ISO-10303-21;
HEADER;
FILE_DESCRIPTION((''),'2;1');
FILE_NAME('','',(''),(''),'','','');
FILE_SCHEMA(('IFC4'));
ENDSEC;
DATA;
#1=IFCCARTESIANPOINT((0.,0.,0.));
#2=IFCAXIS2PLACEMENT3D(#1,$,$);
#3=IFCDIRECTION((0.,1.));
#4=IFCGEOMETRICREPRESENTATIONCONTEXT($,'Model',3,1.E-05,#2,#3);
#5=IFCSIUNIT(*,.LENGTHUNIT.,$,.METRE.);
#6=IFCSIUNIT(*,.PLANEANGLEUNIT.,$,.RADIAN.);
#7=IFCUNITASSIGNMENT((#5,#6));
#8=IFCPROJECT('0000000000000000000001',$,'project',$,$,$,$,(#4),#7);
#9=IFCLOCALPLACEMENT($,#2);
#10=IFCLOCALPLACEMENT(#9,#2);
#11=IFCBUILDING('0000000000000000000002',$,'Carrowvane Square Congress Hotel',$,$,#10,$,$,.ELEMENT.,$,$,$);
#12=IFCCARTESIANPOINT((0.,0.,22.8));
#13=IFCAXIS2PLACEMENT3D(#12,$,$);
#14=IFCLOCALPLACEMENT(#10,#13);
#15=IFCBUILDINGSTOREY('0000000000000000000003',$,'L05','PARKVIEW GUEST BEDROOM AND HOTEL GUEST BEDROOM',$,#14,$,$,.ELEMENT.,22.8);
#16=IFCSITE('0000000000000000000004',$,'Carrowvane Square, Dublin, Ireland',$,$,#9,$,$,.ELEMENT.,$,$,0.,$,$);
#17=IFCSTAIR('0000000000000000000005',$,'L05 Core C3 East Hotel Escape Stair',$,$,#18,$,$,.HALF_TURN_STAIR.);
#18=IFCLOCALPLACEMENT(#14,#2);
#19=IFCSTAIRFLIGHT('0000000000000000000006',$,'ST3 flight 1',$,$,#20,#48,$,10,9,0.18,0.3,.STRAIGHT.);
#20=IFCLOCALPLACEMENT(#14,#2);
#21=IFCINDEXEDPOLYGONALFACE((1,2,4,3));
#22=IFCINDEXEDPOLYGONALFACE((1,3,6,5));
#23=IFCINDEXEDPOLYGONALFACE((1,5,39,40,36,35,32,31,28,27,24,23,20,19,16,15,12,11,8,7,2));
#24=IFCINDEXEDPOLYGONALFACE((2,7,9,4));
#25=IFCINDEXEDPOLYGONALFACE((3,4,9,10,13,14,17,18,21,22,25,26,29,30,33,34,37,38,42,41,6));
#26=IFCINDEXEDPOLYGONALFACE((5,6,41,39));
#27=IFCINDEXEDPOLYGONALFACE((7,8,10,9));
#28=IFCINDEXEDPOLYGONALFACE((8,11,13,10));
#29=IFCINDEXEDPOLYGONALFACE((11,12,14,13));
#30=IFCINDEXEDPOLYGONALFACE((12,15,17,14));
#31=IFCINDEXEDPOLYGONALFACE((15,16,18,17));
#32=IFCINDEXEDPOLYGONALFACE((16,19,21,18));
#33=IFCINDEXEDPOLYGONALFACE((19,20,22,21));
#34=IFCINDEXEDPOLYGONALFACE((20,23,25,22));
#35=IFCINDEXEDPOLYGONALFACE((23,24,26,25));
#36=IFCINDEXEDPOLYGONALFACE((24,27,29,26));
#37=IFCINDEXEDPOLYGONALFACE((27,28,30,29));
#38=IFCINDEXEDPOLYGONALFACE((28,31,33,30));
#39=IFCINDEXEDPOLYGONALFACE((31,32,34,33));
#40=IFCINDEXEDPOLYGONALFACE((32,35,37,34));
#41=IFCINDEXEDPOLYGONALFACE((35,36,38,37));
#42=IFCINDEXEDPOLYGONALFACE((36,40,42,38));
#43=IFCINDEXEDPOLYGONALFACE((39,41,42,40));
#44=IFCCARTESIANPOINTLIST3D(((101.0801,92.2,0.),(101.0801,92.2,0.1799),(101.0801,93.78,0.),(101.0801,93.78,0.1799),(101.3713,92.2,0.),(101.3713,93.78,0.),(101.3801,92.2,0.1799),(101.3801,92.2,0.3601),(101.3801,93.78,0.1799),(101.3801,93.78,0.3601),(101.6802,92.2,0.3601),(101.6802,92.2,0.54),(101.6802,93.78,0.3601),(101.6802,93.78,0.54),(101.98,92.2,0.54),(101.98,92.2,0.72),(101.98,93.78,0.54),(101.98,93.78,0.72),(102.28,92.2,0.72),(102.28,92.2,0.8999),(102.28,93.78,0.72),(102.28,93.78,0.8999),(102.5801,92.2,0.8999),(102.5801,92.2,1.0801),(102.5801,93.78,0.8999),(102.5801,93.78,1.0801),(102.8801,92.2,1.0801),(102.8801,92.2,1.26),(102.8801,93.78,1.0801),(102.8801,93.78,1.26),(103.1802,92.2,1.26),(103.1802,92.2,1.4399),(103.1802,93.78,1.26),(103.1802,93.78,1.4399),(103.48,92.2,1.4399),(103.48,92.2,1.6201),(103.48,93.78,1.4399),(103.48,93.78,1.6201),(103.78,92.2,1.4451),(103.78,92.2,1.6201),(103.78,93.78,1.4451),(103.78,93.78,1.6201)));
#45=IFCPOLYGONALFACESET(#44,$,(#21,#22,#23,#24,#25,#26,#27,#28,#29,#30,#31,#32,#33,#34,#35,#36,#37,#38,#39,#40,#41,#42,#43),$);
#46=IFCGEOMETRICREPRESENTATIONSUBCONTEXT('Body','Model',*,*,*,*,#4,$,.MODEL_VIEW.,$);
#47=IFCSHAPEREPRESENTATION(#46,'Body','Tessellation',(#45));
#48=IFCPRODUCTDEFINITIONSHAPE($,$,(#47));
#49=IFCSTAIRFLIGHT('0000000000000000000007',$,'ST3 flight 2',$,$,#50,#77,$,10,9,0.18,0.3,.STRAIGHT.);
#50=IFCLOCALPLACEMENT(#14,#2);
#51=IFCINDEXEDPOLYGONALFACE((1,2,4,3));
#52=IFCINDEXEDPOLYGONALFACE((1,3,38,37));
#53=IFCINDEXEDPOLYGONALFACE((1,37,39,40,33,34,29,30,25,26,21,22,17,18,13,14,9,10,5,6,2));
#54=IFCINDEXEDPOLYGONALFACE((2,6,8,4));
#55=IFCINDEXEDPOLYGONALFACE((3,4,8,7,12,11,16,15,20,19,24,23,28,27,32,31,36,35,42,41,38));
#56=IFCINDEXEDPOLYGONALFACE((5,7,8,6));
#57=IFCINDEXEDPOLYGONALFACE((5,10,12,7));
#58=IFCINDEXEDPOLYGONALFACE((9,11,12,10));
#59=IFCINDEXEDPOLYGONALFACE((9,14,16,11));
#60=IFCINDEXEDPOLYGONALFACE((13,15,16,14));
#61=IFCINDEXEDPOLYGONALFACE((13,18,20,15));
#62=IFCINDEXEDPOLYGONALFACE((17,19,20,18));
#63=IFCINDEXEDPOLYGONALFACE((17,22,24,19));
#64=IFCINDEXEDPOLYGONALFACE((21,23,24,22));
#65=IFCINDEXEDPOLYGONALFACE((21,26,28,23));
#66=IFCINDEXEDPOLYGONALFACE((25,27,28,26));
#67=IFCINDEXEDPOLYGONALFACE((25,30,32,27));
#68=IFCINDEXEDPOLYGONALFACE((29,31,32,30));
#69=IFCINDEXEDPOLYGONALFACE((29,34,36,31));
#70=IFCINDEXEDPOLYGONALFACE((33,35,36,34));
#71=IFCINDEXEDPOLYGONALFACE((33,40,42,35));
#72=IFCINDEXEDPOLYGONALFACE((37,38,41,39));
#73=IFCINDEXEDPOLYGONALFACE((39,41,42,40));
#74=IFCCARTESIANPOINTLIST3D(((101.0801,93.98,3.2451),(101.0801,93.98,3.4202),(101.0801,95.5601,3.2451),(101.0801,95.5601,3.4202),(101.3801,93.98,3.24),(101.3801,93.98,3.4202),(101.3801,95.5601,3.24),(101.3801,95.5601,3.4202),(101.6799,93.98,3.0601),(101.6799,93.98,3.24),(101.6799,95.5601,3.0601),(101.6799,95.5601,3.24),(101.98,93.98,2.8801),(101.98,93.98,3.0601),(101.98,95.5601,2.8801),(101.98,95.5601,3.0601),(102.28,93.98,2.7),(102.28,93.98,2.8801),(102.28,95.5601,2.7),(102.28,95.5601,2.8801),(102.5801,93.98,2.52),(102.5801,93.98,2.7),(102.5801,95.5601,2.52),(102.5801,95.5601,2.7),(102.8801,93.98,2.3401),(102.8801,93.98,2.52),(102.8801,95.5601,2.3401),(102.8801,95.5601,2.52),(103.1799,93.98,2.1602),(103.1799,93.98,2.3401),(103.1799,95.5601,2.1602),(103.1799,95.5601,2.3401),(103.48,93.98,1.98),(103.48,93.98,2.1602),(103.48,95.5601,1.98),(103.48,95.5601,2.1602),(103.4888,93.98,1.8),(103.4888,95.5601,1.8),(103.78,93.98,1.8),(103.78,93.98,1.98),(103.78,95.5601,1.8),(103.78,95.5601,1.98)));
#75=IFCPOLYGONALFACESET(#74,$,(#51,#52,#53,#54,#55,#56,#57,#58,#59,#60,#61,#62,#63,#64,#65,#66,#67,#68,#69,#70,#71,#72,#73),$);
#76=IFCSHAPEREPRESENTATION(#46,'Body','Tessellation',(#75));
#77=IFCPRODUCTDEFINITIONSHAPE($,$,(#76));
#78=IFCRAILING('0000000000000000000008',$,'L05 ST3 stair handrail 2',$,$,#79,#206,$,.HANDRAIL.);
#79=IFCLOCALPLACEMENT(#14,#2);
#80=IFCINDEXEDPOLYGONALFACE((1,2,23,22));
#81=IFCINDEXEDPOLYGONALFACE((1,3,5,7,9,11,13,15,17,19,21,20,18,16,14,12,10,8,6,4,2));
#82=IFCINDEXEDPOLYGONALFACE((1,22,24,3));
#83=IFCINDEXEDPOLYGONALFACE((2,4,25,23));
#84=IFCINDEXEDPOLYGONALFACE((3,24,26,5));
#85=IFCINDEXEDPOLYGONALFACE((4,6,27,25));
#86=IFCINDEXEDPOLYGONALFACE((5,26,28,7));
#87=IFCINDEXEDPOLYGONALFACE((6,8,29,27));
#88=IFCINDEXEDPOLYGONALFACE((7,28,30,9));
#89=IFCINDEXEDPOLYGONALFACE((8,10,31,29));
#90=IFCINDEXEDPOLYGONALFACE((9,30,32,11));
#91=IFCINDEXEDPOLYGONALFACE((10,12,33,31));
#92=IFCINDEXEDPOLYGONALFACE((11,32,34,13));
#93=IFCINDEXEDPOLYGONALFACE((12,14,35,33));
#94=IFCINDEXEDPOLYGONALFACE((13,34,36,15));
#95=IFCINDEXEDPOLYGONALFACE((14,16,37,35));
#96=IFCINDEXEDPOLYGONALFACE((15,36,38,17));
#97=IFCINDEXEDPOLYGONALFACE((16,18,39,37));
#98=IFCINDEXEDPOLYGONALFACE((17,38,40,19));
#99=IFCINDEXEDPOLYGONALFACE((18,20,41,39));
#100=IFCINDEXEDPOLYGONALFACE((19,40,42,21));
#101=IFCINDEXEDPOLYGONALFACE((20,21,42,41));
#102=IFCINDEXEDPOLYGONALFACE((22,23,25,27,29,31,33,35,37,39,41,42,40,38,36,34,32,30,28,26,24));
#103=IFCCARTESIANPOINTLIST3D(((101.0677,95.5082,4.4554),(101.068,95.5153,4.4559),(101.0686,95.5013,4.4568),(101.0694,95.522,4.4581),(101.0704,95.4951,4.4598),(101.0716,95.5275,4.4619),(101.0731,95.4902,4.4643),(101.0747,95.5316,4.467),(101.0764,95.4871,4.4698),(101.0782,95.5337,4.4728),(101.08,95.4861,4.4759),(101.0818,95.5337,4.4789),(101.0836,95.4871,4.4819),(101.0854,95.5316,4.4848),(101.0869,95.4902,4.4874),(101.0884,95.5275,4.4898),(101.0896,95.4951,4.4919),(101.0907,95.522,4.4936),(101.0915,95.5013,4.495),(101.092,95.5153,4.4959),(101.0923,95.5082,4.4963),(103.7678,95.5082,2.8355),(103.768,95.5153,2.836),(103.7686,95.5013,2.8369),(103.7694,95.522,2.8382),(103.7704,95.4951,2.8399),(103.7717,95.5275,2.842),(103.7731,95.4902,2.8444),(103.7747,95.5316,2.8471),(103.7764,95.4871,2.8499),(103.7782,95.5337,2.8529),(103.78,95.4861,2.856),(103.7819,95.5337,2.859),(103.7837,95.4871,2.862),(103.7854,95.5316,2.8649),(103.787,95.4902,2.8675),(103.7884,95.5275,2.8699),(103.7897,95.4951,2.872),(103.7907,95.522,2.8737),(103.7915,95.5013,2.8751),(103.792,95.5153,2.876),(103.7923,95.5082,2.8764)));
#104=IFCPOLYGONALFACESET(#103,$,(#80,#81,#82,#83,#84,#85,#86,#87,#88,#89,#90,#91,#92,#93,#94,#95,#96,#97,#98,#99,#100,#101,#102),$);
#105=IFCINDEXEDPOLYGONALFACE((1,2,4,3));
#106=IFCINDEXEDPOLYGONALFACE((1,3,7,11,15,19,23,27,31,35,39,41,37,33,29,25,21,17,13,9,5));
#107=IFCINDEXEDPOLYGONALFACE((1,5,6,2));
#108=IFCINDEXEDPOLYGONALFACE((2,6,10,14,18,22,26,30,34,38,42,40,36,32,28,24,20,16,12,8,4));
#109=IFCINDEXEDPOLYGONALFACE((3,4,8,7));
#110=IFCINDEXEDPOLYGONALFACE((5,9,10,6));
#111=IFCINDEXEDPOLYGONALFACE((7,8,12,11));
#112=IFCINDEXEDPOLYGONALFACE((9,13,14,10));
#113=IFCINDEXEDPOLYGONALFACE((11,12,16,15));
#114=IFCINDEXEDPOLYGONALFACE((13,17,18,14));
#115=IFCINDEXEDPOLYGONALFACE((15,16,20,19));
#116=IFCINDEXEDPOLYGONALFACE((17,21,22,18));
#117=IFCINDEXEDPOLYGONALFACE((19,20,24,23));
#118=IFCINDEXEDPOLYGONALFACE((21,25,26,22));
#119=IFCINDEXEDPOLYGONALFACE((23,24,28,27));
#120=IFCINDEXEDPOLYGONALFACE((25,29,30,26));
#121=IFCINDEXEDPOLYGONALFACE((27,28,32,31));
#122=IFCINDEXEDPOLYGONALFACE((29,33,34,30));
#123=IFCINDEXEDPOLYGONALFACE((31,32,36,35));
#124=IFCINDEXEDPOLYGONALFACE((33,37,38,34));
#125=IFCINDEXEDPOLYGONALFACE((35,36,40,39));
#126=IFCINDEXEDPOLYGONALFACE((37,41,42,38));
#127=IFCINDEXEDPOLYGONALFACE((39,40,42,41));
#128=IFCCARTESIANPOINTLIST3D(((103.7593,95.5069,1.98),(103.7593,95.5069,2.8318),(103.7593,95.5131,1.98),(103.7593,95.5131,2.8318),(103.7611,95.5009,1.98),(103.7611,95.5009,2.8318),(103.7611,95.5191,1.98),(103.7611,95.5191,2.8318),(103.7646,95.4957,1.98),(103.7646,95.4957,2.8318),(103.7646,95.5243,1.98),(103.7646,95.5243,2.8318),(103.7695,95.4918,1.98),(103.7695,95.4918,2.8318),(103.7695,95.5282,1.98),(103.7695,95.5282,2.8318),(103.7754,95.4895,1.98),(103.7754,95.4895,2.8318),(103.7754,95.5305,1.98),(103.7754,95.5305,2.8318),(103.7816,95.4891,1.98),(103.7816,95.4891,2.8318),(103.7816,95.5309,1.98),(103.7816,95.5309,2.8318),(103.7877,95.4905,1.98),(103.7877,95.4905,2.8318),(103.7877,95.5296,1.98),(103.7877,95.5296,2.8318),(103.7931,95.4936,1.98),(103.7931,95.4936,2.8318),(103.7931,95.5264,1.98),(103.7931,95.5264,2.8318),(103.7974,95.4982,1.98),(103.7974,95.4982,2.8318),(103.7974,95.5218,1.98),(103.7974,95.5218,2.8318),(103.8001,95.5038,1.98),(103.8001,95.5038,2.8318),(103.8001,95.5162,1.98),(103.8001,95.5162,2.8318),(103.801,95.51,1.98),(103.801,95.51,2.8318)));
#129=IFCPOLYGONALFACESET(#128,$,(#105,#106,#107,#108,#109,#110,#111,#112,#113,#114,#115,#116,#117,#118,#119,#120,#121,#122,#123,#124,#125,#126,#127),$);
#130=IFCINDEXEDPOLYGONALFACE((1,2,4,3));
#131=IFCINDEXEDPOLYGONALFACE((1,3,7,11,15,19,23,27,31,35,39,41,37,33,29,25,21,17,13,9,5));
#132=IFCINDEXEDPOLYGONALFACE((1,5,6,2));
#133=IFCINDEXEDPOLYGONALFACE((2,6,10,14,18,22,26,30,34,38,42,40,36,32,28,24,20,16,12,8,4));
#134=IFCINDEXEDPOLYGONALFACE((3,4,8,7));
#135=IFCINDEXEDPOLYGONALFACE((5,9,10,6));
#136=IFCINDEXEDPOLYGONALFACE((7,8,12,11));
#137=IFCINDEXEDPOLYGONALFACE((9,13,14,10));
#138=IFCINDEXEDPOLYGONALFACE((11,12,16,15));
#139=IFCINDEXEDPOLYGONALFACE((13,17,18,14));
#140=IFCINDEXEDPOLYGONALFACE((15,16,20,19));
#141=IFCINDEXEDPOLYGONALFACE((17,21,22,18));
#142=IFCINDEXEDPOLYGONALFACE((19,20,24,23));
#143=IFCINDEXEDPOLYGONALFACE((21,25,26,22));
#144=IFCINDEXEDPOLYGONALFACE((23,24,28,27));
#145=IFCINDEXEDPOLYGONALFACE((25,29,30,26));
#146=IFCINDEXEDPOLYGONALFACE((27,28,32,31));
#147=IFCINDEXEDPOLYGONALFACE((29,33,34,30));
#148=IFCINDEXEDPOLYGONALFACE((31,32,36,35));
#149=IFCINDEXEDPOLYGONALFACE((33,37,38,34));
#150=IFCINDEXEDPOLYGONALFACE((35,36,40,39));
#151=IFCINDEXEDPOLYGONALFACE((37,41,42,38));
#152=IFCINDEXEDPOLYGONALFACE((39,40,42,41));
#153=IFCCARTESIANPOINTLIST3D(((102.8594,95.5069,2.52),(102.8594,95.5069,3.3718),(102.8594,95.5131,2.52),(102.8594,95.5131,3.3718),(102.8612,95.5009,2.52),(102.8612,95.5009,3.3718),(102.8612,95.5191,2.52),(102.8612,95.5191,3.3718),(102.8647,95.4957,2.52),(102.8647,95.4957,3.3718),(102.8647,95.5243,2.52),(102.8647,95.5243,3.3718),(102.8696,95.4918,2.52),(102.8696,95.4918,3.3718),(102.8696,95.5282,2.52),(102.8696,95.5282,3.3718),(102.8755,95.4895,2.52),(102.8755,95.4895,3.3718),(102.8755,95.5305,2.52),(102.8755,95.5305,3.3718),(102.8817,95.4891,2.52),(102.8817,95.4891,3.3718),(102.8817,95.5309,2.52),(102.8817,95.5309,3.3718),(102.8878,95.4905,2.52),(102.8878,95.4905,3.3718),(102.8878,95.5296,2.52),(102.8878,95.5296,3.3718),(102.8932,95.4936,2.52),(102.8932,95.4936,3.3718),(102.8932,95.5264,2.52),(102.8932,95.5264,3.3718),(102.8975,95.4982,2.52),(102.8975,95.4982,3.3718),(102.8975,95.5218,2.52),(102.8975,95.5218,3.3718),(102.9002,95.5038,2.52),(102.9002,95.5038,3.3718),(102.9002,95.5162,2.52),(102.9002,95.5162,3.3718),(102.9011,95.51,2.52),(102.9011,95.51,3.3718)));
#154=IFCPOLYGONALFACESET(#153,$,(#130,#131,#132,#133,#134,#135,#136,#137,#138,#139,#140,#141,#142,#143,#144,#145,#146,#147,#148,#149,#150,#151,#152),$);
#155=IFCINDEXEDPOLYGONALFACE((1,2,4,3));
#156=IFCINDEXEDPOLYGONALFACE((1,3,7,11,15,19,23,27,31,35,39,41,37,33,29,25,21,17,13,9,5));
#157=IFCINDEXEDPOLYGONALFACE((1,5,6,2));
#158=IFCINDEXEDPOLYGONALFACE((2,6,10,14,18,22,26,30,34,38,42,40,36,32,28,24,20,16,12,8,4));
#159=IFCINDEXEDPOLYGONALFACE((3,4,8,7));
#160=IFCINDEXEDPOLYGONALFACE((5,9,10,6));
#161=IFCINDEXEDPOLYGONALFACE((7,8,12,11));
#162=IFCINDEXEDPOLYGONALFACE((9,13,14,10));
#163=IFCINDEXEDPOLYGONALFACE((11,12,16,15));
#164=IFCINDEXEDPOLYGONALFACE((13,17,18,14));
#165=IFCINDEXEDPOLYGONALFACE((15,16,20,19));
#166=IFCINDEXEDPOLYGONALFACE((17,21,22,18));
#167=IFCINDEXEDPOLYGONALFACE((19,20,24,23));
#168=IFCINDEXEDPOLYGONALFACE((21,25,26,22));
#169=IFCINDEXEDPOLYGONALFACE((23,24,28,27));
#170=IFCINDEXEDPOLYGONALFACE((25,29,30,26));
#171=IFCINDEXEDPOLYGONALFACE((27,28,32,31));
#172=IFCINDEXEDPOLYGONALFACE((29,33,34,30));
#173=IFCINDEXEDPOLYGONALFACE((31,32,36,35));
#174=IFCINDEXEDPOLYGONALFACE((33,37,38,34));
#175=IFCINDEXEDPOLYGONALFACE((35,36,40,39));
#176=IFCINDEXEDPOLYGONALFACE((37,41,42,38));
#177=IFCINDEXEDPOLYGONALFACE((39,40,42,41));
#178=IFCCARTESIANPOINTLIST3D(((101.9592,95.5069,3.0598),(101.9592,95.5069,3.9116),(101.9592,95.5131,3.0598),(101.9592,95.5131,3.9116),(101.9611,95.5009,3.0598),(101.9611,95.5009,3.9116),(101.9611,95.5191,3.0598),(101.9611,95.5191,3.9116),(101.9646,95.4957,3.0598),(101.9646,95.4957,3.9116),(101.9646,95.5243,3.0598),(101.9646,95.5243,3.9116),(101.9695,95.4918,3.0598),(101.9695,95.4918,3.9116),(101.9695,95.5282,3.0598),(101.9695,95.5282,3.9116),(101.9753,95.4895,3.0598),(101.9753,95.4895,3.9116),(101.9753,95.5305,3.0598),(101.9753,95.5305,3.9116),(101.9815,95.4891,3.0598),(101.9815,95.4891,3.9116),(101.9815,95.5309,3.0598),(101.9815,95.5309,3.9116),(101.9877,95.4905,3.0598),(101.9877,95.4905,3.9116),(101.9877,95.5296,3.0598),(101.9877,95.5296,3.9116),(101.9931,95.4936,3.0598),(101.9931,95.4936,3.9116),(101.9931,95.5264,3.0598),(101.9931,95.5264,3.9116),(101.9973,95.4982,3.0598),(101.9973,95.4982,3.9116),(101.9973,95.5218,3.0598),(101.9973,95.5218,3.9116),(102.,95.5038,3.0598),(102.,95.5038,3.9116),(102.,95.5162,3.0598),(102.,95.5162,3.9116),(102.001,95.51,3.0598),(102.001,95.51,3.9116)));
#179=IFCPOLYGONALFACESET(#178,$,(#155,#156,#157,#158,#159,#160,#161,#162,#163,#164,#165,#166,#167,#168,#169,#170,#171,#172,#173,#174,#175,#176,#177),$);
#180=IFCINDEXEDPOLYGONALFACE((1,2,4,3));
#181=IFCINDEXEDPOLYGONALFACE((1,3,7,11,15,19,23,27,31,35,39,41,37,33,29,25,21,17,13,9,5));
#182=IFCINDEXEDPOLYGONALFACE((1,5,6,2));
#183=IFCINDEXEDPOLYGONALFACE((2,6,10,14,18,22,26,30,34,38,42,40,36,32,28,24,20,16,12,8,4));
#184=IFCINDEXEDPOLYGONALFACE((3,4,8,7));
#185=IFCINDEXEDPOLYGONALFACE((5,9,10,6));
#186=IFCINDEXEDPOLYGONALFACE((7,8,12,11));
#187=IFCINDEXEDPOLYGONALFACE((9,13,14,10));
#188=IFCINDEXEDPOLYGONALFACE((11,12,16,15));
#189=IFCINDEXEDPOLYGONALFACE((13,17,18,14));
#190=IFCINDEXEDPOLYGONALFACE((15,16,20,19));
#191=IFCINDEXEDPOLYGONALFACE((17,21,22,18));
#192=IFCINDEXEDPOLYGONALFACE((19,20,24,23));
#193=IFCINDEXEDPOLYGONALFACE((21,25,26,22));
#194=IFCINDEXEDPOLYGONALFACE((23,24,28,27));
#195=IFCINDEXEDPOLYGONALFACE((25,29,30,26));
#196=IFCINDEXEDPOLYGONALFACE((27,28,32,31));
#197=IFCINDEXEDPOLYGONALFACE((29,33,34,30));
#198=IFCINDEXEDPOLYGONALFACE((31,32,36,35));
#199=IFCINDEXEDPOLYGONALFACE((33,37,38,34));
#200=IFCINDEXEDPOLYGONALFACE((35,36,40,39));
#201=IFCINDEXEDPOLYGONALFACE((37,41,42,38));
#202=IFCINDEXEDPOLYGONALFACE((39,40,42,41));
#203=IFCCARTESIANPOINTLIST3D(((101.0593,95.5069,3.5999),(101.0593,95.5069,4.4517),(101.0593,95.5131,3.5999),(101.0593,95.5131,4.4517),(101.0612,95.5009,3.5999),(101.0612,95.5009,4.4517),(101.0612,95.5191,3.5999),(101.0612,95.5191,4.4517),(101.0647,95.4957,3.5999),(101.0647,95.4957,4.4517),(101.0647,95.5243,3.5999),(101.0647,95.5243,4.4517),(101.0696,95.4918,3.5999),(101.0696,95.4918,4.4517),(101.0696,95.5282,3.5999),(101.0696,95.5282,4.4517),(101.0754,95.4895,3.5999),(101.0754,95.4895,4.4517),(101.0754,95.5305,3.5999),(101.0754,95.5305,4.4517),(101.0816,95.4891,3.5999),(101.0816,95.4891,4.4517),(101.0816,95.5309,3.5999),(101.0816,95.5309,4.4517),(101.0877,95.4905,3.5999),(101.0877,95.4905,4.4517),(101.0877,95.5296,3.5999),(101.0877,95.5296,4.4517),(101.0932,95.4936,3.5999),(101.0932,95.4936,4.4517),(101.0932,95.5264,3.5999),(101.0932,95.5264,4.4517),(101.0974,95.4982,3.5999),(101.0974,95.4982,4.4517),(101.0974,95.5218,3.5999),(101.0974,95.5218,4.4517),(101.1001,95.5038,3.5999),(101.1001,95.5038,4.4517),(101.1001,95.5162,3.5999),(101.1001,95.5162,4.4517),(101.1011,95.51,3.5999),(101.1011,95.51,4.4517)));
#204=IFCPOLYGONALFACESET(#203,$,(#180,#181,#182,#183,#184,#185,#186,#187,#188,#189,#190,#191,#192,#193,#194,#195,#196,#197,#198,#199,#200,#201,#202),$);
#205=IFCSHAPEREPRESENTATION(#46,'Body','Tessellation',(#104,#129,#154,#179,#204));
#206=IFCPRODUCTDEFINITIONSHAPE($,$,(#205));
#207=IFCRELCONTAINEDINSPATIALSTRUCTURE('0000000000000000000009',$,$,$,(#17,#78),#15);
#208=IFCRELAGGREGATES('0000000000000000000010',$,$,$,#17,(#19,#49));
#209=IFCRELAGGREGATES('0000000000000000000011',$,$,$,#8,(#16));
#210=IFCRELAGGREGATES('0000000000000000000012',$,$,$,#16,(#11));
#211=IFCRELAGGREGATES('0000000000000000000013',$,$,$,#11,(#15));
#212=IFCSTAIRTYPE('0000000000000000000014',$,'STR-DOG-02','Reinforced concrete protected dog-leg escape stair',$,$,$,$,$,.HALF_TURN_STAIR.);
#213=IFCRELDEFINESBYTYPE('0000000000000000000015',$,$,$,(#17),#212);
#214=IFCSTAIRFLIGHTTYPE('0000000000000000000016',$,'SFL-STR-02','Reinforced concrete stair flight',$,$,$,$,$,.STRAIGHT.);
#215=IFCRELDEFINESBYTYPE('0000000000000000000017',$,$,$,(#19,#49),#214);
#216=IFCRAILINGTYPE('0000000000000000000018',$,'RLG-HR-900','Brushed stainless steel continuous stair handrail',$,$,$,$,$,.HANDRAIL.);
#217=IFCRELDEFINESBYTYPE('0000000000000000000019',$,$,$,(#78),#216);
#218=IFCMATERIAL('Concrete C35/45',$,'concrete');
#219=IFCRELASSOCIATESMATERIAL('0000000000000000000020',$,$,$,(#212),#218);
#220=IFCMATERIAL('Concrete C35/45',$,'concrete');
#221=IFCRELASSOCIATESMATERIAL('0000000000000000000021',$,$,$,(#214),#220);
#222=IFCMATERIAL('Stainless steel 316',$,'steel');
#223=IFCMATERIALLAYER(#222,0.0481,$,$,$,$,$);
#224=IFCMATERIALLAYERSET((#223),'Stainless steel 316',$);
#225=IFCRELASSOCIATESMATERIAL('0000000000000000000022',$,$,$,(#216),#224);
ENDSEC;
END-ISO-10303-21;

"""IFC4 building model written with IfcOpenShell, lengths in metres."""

from ifc_helpers import new_model, si_unit, direction, frame, origin, origin_2d, place, context, subcontext, project, spatial, polyline, circle, outline, extrude, material, layer, layer_set, type_object, element, aggregate, save


model = new_model("IFC4")

# Units and contexts
model_context = context("Model", 3, precision=1e-05, world=origin(), true_north=direction((0.0, 1.0)))
body_context = subcontext(model_context, "Body", "Model", "MODEL_VIEW")
ifc_project = project(units=[si_unit("LENGTHUNIT", "METRE"), si_unit("PLANEANGLEUNIT", "RADIAN")], contexts=[model_context])

# Site, building, storey
site_placement = place(None, origin())
site = spatial("IfcSite", under=ifc_project, at=site_placement, Name="Carrowvane Square, Dublin, Ireland", CompositionType="ELEMENT", RefElevation=0.0)
building_placement = place(site_placement, origin())
building = spatial("IfcBuilding", under=site, at=building_placement, Name="Carrowvane Square Congress Hotel", CompositionType="ELEMENT")
storey_placement = place(building_placement, frame((0.0, 0.0, 22.8)))
storey = spatial("IfcBuildingStorey", under=building, at=storey_placement, Name="L05", Description="PARKVIEW GUEST BEDROOM AND HOTEL GUEST BEDROOM", CompositionType="ELEMENT", Elevation=22.8)

# Stair, stair flights
ifc_material_1 = material(Name="Concrete C35/45", Category="concrete")
stair_type = type_object("IfcStairType", Name="STR-DOG-02", Description="Reinforced concrete protected dog-leg escape stair", PredefinedType="HALF_TURN_STAIR", material=ifc_material_1)
stair_placement = place(storey_placement, origin())
stair = element("IfcStair", 1, at=stair_placement, inside=storey, type_object=stair_type, Name="L05 Core C3 East Hotel Escape Stair", PredefinedType="HALF_TURN_STAIR")
ifc_material_2 = material(Name="Concrete C35/45", Category="concrete")
stair_flight_type = type_object("IfcStairFlightType", Name="SFL-STR-02", Description="Reinforced concrete stair flight", PredefinedType="STRAIGHT", material=ifc_material_2)
stair_flight_1_placement = place(storey_placement, frame((101.0801, 92.99, 0.0), z_axis=(0.0, 0.0, 1.0), x_axis=(1.0, 0.0, 0.0)))
stair_flight_1 = element("IfcStairFlight", 2, at=stair_flight_1_placement, type_object=stair_flight_type, Name="ST3 flight 1", NumberOfRisers=10, NumberOfTreads=9, PredefinedType="STRAIGHT", RiserHeight=0.18, TreadLength=0.3, context=body_context, shape_type="SweptSolid", body=[
    extrude(outline(polyline([(0.0, 0.0), (0.0, 0.1799), (0.3, 0.1799), (0.3, 0.3601), (0.6001, 0.3601), (0.6001, 0.54), (0.8999, 0.54), (0.8999, 0.72), (1.2, 0.72), (1.2, 0.8999), (1.5, 0.8999), (1.5, 1.0801), (1.8, 1.0801), (1.8, 1.26), (2.1001, 1.26), (2.1001, 1.4399), (2.3999, 1.4399), (2.3999, 1.6201), (2.7, 1.6201), (2.7, 1.8), (2.7, 1.4451), (0.2913, 0.0), (0.0, 0.0)])), frame((0.0, 0.79, 0.0), z_axis=(0.0, -1.0, 0.0), x_axis=(1.0, 0.0, 0.0)), (0.0, 0.0, 1.0), 1.5801),
])
stair_flight_2_placement = place(storey_placement, frame((103.78, 94.77, 1.8), z_axis=(0.0, 0.0, 1.0), x_axis=(-1.0, 0.0, 0.0)))
stair_flight_2 = element("IfcStairFlight", 3, at=stair_flight_2_placement, type_object=stair_flight_type, Name="ST3 flight 2", NumberOfRisers=10, NumberOfTreads=9, PredefinedType="STRAIGHT", RiserHeight=0.18, TreadLength=0.3, context=body_context, shape_type="SweptSolid", body=[
    extrude(outline(polyline([(0.0, 0.0), (0.0, 0.1799), (0.3, 0.1799), (0.3, 0.3601), (0.6001, 0.3601), (0.6001, 0.54), (0.8999, 0.54), (0.8999, 0.72), (1.2, 0.72), (1.2, 0.8999), (1.5, 0.8999), (1.5, 1.0801), (1.8, 1.0801), (1.8, 1.26), (2.1001, 1.26), (2.1001, 1.4399), (2.3999, 1.4399), (2.3999, 1.6201), (2.7, 1.6201), (2.7, 1.8), (2.7, 1.4451), (0.2913, 0.0), (0.0, 0.0)])), frame((0.0, 0.79, 0.0), z_axis=(0.0, -1.0, 0.0), x_axis=(1.0, 0.0, 0.0)), (0.0, 0.0, 1.0), 1.5801),
])
aggregate(stair, [stair_flight_1, stair_flight_2])

# Railing
ifc_material_3 = material(Name="Stainless steel 316", Category="steel")
ifc_layer_1 = layer(ifc_material_3, 0.0481)
ifc_layer_set_1 = layer_set([ifc_layer_1], Name="Stainless steel 316")
railing_type_1 = type_object("IfcRailingType", Name="RLG-HR-900", Description="Brushed stainless steel continuous stair handrail", PredefinedType="HANDRAIL", material=ifc_layer_set_1)
railing_1_placement = place(storey_placement, frame((103.78, 95.51, 1.98)))
element("IfcRailing", 4, at=railing_1_placement, inside=storey, type_object=railing_type_1, Name="L05 ST3 stair handrail 2", PredefinedType="HANDRAIL", context=body_context, shape_type="SweptSolid", body=[
    extrude(circle(Radius=0.0239, at=origin_2d()), frame((0.0, 0.0, 0.876), z_axis=(-0.857507, 0.0, 0.514473), x_axis=(0.0, -1.0, 0.0)), (0.0, 0.0, 1.0), 3.1487),
    extrude(circle(Radius=0.021, at=origin_2d()), origin(), (0.0, 0.0, 1.0), 0.8518),
    extrude(circle(Radius=0.021, at=origin_2d()), frame((-0.8999, 0.0, 0.54)), (0.0, 0.0, 1.0), 0.8518),
    extrude(circle(Radius=0.021, at=origin_2d()), frame((-1.8, 0.0, 1.0798)), (0.0, 0.0, 1.0), 0.8518),
    extrude(circle(Radius=0.021, at=origin_2d()), frame((-2.7, 0.0, 1.6199)), (0.0, 0.0, 1.0), 0.8518),
])

save(model, "model.ifc")
